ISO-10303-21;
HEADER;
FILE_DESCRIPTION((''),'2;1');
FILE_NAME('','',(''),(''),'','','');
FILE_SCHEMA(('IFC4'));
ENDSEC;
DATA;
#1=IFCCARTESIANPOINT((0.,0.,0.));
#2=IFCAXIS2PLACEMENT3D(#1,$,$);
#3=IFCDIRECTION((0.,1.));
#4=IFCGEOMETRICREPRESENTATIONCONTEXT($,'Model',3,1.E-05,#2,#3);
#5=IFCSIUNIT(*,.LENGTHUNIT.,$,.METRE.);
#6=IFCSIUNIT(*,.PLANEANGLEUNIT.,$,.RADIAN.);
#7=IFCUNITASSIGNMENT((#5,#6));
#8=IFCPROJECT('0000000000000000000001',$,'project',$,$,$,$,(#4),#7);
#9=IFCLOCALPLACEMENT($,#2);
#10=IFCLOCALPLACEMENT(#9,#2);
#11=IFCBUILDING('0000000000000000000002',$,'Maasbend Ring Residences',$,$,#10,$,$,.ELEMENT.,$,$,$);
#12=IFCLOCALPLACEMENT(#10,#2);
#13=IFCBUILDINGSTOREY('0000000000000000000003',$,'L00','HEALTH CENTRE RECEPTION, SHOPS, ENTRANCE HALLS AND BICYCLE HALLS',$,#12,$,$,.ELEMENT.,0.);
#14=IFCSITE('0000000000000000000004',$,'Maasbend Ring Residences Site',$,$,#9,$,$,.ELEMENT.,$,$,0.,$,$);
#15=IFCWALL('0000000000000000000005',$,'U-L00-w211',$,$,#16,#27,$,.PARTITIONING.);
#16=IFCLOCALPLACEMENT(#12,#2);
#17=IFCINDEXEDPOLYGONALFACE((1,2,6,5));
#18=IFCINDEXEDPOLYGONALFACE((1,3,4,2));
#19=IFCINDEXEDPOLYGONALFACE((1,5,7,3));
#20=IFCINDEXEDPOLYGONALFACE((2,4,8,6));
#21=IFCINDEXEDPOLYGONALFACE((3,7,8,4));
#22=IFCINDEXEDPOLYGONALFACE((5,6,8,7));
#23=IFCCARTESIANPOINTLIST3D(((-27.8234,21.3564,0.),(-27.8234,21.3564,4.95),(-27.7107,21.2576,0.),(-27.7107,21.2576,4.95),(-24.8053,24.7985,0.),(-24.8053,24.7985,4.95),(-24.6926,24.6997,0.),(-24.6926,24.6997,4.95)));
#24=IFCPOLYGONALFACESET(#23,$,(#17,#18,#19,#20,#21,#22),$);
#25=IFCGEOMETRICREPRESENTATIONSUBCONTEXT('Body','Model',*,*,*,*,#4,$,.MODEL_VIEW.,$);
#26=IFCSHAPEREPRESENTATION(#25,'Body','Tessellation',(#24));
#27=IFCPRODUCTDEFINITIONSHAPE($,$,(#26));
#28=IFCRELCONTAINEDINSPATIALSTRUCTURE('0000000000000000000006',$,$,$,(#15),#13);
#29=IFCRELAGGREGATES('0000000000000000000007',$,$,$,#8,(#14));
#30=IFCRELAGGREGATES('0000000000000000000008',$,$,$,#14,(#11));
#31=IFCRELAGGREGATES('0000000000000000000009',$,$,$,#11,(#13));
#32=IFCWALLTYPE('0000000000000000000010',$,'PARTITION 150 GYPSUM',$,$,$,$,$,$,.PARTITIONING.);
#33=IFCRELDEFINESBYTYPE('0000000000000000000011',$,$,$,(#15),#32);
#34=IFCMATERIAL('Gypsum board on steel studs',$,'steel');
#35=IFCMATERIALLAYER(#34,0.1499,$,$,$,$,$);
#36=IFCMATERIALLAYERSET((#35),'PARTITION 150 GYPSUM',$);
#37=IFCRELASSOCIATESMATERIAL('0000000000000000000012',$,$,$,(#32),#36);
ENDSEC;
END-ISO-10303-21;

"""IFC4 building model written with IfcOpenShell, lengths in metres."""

from ifc_helpers import new_model, si_unit, direction, frame, frame_2d, origin, place, context, subcontext, project, spatial, rectangle, extrude, material, layer, layer_set, type_object, element, save


model = new_model("IFC4")

# Units and contexts
model_context = context("Model", 3, precision=1e-05, world=origin(), true_north=direction((0.0, 1.0)))
body_context = subcontext(model_context, "Body", "Model", "MODEL_VIEW")
ifc_project = project(units=[si_unit("LENGTHUNIT", "METRE"), si_unit("PLANEANGLEUNIT", "RADIAN")], contexts=[model_context])

# Site, building, storey
site_placement = place(None, origin())
site = spatial("IfcSite", under=ifc_project, at=site_placement, Name="Maasbend Ring Residences Site", CompositionType="ELEMENT", RefElevation=0.0)
building_placement = place(site_placement, origin())
building = spatial("IfcBuilding", under=site, at=building_placement, Name="Maasbend Ring Residences", CompositionType="ELEMENT")
storey_placement = place(building_placement, origin())
storey = spatial("IfcBuildingStorey", under=building, at=storey_placement, Name="L00", Description="HEALTH CENTRE RECEPTION, SHOPS, ENTRANCE HALLS AND BICYCLE HALLS", CompositionType="ELEMENT", Elevation=0.0)

# Wall
ifc_material_1 = material(Name="Gypsum board on steel studs", Category="steel")
ifc_layer_1 = layer(ifc_material_1, 0.1499)
ifc_layer_set_1 = layer_set([ifc_layer_1], Name="PARTITION 150 GYPSUM")
wall_type_1 = type_object("IfcWallType", Name="PARTITION 150 GYPSUM", PredefinedType="PARTITIONING", material=ifc_layer_set_1)
wall_1_placement = place(storey_placement, frame((-27.7671, 21.3069, 0.0), z_axis=(0.0, 0.0, 1.0), x_axis=(0.659271, 0.751906, 0.0)))
element("IfcWall", 1, at=wall_1_placement, inside=storey, type_object=wall_type_1, Name="U-L00-w211", PredefinedType="PARTITIONING", context=body_context, shape_type="SweptSolid", body=[
    extrude(rectangle(XDim=4.5779, YDim=0.1499, at=frame_2d((2.2891, 0.0))), origin(), (0.0, 0.0, 1.0), 4.95),
])

save(model, "model.ifc")
